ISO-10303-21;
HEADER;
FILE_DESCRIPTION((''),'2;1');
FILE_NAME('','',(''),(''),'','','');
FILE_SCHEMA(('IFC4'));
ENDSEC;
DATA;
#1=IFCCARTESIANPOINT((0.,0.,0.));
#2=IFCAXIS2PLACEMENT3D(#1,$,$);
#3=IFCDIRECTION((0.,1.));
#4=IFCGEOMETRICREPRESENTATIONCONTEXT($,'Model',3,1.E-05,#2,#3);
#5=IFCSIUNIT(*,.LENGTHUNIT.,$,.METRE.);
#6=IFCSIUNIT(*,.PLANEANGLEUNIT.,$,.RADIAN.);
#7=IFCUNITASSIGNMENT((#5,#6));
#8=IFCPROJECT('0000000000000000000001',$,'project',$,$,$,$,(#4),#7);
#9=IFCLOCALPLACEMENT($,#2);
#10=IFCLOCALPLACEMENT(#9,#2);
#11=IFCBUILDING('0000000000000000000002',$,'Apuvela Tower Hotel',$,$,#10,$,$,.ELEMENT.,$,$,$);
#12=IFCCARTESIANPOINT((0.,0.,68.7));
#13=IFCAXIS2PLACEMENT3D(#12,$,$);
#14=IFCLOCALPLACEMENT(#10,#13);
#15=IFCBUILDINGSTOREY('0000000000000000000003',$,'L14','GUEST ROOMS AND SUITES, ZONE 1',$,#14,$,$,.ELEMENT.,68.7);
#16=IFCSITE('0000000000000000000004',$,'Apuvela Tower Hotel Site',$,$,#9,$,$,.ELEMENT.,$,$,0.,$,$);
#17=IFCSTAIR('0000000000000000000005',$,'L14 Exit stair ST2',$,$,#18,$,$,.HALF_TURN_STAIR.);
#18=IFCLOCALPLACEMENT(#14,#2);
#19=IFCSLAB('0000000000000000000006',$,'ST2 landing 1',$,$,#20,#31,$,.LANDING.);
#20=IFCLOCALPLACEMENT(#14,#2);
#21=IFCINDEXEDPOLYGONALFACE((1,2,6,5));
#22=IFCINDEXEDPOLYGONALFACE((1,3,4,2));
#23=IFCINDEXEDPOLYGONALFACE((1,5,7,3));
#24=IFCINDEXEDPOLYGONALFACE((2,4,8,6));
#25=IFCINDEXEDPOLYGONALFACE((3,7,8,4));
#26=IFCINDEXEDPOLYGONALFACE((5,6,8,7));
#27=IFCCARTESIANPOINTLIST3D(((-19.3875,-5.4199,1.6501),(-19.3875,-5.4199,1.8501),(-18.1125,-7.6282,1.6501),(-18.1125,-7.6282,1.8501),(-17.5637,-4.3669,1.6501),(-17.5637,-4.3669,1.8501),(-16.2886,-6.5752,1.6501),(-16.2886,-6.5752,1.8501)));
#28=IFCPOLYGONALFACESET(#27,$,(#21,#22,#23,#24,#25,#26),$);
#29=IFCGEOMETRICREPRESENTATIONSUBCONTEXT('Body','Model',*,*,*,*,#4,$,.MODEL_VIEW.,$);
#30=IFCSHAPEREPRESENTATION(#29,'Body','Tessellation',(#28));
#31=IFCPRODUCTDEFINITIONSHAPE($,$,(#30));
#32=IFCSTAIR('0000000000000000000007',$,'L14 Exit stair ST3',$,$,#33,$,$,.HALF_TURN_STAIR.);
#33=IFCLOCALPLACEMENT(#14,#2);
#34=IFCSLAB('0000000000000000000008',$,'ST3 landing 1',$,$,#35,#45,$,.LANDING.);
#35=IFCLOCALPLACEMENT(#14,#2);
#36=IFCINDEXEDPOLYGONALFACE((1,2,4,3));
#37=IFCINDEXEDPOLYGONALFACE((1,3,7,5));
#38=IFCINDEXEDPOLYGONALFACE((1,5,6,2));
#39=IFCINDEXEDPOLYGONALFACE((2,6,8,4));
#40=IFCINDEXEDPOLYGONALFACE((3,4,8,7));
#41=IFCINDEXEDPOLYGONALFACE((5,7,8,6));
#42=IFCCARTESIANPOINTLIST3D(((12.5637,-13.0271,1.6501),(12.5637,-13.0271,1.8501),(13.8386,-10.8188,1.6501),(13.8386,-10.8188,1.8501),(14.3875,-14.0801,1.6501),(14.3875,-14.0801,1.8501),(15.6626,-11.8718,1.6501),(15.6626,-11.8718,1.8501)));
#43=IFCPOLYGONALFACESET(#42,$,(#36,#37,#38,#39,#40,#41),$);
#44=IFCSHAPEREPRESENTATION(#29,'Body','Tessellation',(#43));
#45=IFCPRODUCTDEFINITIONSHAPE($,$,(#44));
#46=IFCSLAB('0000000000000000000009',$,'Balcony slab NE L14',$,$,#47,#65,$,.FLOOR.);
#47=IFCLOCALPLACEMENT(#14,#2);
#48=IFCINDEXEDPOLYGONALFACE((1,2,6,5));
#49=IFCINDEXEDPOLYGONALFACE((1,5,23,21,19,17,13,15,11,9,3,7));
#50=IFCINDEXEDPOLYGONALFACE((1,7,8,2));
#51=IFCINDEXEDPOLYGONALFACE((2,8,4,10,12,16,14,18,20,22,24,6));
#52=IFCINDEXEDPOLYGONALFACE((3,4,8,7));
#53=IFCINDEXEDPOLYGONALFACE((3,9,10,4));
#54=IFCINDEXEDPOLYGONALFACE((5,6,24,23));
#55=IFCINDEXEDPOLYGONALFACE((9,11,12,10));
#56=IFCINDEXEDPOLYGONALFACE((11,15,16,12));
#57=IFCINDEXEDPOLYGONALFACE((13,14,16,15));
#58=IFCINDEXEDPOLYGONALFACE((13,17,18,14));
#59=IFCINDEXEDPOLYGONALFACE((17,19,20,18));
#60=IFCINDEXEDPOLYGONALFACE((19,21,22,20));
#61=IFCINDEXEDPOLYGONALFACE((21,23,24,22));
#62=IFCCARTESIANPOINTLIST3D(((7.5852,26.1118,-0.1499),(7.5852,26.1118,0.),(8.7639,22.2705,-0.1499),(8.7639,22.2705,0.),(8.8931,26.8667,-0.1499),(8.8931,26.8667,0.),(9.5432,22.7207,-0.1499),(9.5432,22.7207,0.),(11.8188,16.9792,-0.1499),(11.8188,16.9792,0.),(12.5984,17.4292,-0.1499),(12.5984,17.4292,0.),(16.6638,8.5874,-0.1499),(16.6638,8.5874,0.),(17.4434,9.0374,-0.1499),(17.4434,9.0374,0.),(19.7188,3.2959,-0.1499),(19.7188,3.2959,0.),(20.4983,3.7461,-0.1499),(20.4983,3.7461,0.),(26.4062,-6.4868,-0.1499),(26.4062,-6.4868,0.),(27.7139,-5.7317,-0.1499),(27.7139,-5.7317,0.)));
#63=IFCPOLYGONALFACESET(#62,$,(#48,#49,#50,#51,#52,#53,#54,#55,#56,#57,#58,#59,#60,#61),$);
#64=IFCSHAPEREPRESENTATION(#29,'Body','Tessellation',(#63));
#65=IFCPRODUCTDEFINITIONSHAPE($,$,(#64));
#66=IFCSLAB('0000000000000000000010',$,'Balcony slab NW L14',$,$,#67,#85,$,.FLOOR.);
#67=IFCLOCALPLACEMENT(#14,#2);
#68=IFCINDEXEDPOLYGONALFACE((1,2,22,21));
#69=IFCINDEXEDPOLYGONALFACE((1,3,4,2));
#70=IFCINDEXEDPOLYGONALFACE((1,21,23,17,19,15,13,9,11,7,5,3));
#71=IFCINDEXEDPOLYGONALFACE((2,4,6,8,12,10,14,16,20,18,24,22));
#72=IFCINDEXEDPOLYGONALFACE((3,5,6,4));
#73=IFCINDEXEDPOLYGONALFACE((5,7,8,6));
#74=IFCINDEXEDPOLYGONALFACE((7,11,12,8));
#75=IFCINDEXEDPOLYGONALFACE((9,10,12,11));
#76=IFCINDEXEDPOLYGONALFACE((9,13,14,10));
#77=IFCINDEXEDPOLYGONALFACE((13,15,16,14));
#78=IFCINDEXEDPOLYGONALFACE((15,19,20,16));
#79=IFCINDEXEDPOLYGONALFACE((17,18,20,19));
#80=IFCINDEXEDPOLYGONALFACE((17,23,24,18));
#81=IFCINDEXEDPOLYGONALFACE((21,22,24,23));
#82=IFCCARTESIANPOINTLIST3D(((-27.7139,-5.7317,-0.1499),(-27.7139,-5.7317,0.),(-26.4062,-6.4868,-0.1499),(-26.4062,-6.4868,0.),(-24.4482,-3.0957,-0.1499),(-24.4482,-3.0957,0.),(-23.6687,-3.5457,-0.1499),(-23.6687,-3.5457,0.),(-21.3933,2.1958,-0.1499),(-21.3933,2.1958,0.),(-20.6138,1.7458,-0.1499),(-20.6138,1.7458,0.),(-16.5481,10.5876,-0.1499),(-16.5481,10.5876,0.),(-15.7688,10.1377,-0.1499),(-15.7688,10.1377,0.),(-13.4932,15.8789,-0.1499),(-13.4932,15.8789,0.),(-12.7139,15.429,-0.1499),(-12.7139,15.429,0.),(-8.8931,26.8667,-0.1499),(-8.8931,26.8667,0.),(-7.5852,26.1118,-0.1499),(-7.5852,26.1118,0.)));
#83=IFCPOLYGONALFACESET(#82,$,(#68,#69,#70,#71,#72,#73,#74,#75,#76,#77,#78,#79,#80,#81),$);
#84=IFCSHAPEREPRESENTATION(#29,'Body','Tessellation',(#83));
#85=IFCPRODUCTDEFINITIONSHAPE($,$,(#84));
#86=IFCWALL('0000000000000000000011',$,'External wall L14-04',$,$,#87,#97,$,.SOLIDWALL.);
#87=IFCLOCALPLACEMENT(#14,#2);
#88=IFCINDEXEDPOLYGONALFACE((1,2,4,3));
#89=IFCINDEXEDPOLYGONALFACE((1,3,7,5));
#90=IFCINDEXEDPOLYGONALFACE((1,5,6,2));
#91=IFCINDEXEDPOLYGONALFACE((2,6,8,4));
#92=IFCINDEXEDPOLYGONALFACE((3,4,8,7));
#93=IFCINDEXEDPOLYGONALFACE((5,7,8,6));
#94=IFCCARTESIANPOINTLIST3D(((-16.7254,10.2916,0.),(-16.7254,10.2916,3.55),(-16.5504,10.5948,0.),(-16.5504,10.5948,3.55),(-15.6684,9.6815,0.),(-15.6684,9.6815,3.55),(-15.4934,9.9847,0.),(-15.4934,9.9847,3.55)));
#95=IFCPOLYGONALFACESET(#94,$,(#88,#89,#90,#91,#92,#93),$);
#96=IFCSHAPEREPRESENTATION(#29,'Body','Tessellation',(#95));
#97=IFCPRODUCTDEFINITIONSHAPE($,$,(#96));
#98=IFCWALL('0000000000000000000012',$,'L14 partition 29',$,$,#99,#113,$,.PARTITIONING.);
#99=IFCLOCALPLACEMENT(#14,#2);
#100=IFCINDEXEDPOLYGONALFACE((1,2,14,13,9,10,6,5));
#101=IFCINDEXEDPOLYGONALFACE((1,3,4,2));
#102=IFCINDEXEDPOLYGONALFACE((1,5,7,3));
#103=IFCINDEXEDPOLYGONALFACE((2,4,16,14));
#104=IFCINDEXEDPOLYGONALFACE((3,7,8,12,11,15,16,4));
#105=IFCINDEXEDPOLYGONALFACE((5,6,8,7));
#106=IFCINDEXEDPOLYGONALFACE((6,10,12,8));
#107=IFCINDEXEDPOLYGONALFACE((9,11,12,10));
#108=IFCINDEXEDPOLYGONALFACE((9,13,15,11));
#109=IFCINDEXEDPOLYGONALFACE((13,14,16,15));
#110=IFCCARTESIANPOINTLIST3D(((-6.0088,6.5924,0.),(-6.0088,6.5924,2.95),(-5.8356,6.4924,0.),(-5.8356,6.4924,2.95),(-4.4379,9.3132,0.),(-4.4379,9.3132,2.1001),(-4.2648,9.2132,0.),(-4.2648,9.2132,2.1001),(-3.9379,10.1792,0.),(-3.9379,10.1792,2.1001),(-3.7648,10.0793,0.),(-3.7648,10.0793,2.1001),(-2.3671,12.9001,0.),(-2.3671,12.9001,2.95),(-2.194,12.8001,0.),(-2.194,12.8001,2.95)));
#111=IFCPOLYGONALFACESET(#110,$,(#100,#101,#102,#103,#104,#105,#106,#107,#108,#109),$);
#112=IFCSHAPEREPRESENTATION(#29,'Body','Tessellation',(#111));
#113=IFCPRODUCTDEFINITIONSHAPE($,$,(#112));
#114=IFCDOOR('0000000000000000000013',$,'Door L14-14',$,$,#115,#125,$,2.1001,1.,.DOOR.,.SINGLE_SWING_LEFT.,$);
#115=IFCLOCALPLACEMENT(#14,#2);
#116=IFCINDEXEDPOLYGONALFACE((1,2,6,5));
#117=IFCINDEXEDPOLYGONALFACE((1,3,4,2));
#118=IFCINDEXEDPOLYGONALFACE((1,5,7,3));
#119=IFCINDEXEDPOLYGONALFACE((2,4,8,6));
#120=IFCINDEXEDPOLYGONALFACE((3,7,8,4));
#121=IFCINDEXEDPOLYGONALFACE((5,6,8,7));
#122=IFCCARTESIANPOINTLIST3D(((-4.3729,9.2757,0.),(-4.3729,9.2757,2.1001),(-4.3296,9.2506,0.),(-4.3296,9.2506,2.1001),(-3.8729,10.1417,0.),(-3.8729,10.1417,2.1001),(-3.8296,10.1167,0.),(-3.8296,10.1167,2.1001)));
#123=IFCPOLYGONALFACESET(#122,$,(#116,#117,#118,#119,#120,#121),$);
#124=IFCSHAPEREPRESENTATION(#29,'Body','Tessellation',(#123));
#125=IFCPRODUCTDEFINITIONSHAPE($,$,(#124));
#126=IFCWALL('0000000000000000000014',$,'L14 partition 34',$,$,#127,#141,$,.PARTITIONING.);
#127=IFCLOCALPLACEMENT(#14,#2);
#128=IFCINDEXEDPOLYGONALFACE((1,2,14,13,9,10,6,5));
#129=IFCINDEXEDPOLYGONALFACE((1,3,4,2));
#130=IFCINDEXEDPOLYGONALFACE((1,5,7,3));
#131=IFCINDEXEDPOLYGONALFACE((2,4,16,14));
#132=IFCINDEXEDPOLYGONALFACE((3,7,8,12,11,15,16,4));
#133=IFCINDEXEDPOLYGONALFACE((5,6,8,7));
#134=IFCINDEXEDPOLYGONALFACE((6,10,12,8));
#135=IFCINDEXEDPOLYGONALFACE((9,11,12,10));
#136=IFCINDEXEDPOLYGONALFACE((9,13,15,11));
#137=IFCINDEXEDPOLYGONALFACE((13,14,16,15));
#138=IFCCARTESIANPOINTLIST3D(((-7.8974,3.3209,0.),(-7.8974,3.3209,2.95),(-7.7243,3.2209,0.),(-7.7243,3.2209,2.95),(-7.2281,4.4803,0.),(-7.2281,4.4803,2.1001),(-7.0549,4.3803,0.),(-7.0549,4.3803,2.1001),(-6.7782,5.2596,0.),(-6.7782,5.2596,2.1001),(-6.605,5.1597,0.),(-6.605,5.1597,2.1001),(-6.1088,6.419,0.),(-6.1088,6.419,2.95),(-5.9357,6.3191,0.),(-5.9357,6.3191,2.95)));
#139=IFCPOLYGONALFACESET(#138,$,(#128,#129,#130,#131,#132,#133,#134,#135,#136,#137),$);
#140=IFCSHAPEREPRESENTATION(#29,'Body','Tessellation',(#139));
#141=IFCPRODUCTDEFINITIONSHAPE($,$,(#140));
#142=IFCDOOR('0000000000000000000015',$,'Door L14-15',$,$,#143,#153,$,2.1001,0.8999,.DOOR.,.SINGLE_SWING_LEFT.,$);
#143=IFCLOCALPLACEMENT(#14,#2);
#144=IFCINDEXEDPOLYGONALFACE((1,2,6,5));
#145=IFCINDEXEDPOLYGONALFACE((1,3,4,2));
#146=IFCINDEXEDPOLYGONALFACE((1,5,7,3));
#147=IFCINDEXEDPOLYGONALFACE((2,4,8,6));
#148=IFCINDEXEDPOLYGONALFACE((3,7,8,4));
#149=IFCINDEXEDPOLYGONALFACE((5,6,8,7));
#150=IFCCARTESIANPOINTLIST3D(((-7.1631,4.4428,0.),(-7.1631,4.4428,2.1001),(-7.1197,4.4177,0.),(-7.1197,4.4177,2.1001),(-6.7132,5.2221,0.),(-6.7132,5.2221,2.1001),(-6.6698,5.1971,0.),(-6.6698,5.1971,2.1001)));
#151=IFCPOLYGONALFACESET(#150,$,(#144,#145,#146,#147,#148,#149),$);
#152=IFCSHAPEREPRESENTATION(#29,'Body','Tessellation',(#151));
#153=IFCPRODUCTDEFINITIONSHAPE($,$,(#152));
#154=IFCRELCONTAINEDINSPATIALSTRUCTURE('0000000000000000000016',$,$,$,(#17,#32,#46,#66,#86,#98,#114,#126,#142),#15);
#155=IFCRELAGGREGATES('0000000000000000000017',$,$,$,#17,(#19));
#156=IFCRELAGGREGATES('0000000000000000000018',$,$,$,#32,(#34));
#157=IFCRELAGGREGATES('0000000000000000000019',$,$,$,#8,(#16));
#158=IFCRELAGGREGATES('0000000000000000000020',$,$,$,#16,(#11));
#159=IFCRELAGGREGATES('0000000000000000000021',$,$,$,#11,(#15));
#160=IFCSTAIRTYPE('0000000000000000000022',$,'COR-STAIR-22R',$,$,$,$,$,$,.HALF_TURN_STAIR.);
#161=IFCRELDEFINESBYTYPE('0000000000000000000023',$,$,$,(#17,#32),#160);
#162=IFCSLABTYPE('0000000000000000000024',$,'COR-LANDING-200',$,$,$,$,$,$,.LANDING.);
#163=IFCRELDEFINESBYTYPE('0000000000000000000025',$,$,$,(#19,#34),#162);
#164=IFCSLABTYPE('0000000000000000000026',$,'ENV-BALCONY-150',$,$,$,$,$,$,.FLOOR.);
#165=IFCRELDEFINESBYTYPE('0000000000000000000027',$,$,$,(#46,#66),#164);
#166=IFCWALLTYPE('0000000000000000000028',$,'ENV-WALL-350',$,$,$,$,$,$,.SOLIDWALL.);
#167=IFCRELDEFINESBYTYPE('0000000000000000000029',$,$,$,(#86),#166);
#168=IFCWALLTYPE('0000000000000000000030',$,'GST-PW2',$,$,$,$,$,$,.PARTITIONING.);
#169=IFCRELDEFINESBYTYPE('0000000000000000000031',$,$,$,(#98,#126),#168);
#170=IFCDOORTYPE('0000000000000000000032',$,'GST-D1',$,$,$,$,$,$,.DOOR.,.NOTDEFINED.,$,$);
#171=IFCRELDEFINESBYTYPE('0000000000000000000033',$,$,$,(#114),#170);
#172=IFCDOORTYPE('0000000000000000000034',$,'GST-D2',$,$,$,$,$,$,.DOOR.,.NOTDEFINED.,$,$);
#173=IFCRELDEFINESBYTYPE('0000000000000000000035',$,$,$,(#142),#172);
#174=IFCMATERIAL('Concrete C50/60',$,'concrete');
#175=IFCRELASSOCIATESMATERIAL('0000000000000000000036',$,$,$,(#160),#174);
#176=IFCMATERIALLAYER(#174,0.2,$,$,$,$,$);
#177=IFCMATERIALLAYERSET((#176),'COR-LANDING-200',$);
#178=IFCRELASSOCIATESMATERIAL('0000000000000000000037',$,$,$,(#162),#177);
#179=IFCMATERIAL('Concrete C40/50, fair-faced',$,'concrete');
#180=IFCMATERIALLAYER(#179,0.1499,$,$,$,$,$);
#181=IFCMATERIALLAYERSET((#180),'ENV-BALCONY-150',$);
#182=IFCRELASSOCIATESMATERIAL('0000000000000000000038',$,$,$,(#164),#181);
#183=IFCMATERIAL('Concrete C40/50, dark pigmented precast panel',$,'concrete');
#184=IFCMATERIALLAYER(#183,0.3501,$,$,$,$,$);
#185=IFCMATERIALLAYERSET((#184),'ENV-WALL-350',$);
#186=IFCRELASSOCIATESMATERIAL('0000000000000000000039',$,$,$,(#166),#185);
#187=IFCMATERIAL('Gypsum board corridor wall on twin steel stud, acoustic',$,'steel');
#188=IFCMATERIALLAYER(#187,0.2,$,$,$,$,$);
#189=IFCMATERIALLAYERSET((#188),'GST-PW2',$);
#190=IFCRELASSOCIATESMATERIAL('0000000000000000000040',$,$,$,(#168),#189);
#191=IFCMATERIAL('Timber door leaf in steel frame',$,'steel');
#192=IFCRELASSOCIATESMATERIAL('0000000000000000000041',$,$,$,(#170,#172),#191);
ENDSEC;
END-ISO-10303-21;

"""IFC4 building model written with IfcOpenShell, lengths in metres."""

from ifc_helpers import new_model, si_unit, direction, frame, frame_2d, origin, place, context, subcontext, project, spatial, polyline, rectangle, outline, extrude, material, layer, layer_set, type_object, element, fill, aggregate, save


model = new_model("IFC4")

# Units and contexts
model_context = context("Model", 3, precision=1e-05, world=origin(), true_north=direction((0.0, 1.0)))
body_context = subcontext(model_context, "Body", "Model", "MODEL_VIEW")
ifc_project = project(units=[si_unit("LENGTHUNIT", "METRE"), si_unit("PLANEANGLEUNIT", "RADIAN")], contexts=[model_context])

# Site, building, storey
site_placement = place(None, origin())
site = spatial("IfcSite", under=ifc_project, at=site_placement, Name="Apuvela Tower Hotel Site", CompositionType="ELEMENT", RefElevation=0.0)
building_placement = place(site_placement, origin())
building = spatial("IfcBuilding", under=site, at=building_placement, Name="Apuvela Tower Hotel", CompositionType="ELEMENT")
storey_placement = place(building_placement, frame((0.0, 0.0, 68.7)))
storey = spatial("IfcBuildingStorey", under=building, at=storey_placement, Name="L14", Description="GUEST ROOMS AND SUITES, ZONE 1", CompositionType="ELEMENT", Elevation=68.7)

# Shared definitions
ifc_material_1 = material(Name="Concrete C50/60", Category="concrete")

# Stairs, slabs
stair_type = type_object("IfcStairType", Name="COR-STAIR-22R", PredefinedType="HALF_TURN_STAIR", material=ifc_material_1)
ifc_layer_1 = layer(ifc_material_1, 0.2)
ifc_layer_set_1 = layer_set([ifc_layer_1], Name="COR-LANDING-200")
slab_type_1 = type_object("IfcSlabType", Name="COR-LANDING-200", PredefinedType="LANDING", material=ifc_layer_set_1)
stair_1_placement = place(storey_placement, origin())
stair_1 = element("IfcStair", 1, at=stair_1_placement, inside=storey, type_object=stair_type, Name="L14 Exit stair ST2", PredefinedType="HALF_TURN_STAIR")
slab_1_placement = place(storey_placement, frame((0.0, 0.0, 1.6501)))
slab_1 = element("IfcSlab", 2, at=slab_1_placement, type_object=slab_type_1, Name="ST2 landing 1", PredefinedType="LANDING", context=body_context, shape_type="SweptSolid", body=[
    extrude(outline(polyline([(-17.5637, -4.3669), (-19.3875, -5.4199), (-18.1125, -7.6282), (-16.2886, -6.5752), (-17.5637, -4.3669)])), origin(), (0.0, 0.0, 1.0), 0.2),
])
aggregate(stair_1, [slab_1])
stair_2_placement = place(storey_placement, origin())
stair_2 = element("IfcStair", 3, at=stair_2_placement, inside=storey, type_object=stair_type, Name="L14 Exit stair ST3", PredefinedType="HALF_TURN_STAIR")
slab_2_placement = place(storey_placement, frame((0.0, 0.0, 1.6501)))
slab_2 = element("IfcSlab", 4, at=slab_2_placement, type_object=slab_type_1, Name="ST3 landing 1", PredefinedType="LANDING", context=body_context, shape_type="SweptSolid", body=[
    extrude(outline(polyline([(12.5637, -13.0271), (14.3875, -14.0801), (15.6626, -11.8718), (13.8386, -10.8188), (12.5637, -13.0271)])), origin(), (0.0, 0.0, 1.0), 0.2),
])
aggregate(stair_2, [slab_2])

# Slabs
ifc_material_2 = material(Name="Concrete C40/50, fair-faced", Category="concrete")
ifc_layer_2 = layer(ifc_material_2, 0.1499)
ifc_layer_set_2 = layer_set([ifc_layer_2], Name="ENV-BALCONY-150")
slab_type_2 = type_object("IfcSlabType", Name="ENV-BALCONY-150", PredefinedType="FLOOR", material=ifc_layer_set_2)
slab_3_placement = place(storey_placement, frame((0.0, 0.0, -0.1499)))
element("IfcSlab", 5, at=slab_3_placement, inside=storey, type_object=slab_type_2, Name="Balcony slab NE L14", PredefinedType="FLOOR", context=body_context, shape_type="SweptSolid", body=[
    extrude(outline(polyline([(17.4434, 9.0374), (12.5984, 17.4292), (11.8188, 16.9792), (8.7639, 22.2705), (9.5432, 22.7207), (7.5852, 26.1118), (8.8931, 26.8667), (27.7139, -5.7317), (26.4062, -6.4868), (20.4983, 3.7461), (19.7188, 3.2959), (16.6638, 8.5874), (17.4434, 9.0374)])), origin(), (0.0, 0.0, 1.0), 0.1499),
])
slab_4_placement = place(storey_placement, frame((0.0, 0.0, -0.1499)))
element("IfcSlab", 6, at=slab_4_placement, inside=storey, type_object=slab_type_2, Name="Balcony slab NW L14", PredefinedType="FLOOR", context=body_context, shape_type="SweptSolid", body=[
    extrude(outline(polyline([(-27.7139, -5.7317), (-8.8931, 26.8667), (-7.5852, 26.1118), (-13.4932, 15.8789), (-12.7139, 15.429), (-15.7688, 10.1377), (-16.5481, 10.5876), (-21.3933, 2.1958), (-20.6138, 1.7458), (-23.6687, -3.5457), (-24.4482, -3.0957), (-26.4062, -6.4868), (-27.7139, -5.7317)])), origin(), (0.0, 0.0, 1.0), 0.1499),
])

# Wall
ifc_material_3 = material(Name="Concrete C40/50, dark pigmented precast panel", Category="concrete")
ifc_layer_3 = layer(ifc_material_3, 0.3501)
ifc_layer_set_3 = layer_set([ifc_layer_3], Name="ENV-WALL-350")
wall_type_1 = type_object("IfcWallType", Name="ENV-WALL-350", PredefinedType="SOLIDWALL", material=ifc_layer_set_3)
wall_1_placement = place(storey_placement, frame((-15.5808, 9.833, 0.0), z_axis=(0.0, 0.0, 1.0), x_axis=(-0.866056, 0.499948, 0.0)))
element("IfcWall", 7, at=wall_1_placement, inside=storey, type_object=wall_type_1, Name="External wall L14-04", PredefinedType="SOLIDWALL", context=body_context, shape_type="SweptSolid", body=[
    extrude(rectangle(XDim=1.2205, YDim=0.3501, at=frame_2d((0.6104, 0.0))), origin(), (0.0, 0.0, 1.0), 3.55),
])

# Walls, openings, doors
ifc_material_4 = material(Name="Gypsum board corridor wall on twin steel stud, acoustic", Category="steel")
ifc_layer_4 = layer(ifc_material_4, 0.2)
ifc_layer_set_4 = layer_set([ifc_layer_4], Name="GST-PW2")
wall_type_2 = type_object("IfcWallType", Name="GST-PW2", PredefinedType="PARTITIONING", material=ifc_layer_set_4)
wall_2_placement = place(storey_placement, frame((-5.9221, 6.5425, 0.0), z_axis=(0.0, 0.0, 1.0), x_axis=(0.499989, 0.866032, 0.0)))
wall_2 = element("IfcWall", 8, at=wall_2_placement, inside=storey, type_object=wall_type_2, Name="L14 partition 29", PredefinedType="PARTITIONING", context=body_context, shape_type="SweptSolid", body=[
    extrude(rectangle(XDim=7.2834, YDim=0.2, at=frame_2d((3.6416, 0.0))), origin(), (0.0, 0.0, 1.0), 2.95),
])
opening_1_placement = place(wall_2_placement, frame((3.1416, 0.0, 0.0)))
opening_1 = element("IfcOpeningElement", 9, at=opening_1_placement, cuts=wall_2, PredefinedType="OPENING", context=body_context, shape_type="SweptSolid", body=[
    extrude(rectangle(XDim=1.0, YDim=2.1001, at=frame_2d((0.5, 1.05))), frame((0.0, 0.1099, 0.0), z_axis=(0.0, -1.0, 0.0), x_axis=(1.0, 0.0, 0.0)), (0.0, 0.0, 1.0), 0.22),
])
ifc_material_5 = material(Name="Timber door leaf in steel frame", Category="steel")
door_type_1 = type_object("IfcDoorType", Name="GST-D1", OperationType="NOTDEFINED", PredefinedType="DOOR", material=ifc_material_5)
door_1_placement = place(opening_1_placement, origin())
door_1 = element("IfcDoor", 10, at=door_1_placement, inside=storey, type_object=door_type_1, Name="Door L14-14", OperationType="SINGLE_SWING_LEFT", OverallHeight=2.1001, OverallWidth=1.0, PredefinedType="DOOR", context=body_context, shape_type="SweptSolid", body=[
    extrude(rectangle(XDim=1.0, YDim=2.1001, at=frame_2d((0.5, 1.05))), frame((0.0, 0.0249, 0.0), z_axis=(0.0, -1.0, 0.0), x_axis=(1.0, 0.0, 0.0)), (0.0, 0.0, 1.0), 0.05),
])
fill(opening_1, door_1)
wall_3_placement = place(storey_placement, frame((-7.8108, 3.271, 0.0), z_axis=(0.0, 0.0, 1.0), x_axis=(0.499971, 0.866042, 0.0)))
wall_3 = element("IfcWall", 11, at=wall_3_placement, inside=storey, type_object=wall_type_2, Name="L14 partition 34", PredefinedType="PARTITIONING", context=body_context, shape_type="SweptSolid", body=[
    extrude(rectangle(XDim=3.5774, YDim=0.2, at=frame_2d((1.7886, 0.0))), origin(), (0.0, 0.0, 1.0), 2.95),
])
opening_2_placement = place(wall_3_placement, frame((1.3386, 0.0, 0.0)))
opening_2 = element("IfcOpeningElement", 12, at=opening_2_placement, cuts=wall_3, PredefinedType="OPENING", context=body_context, shape_type="SweptSolid", body=[
    extrude(rectangle(XDim=0.8999, YDim=2.1001, at=frame_2d((0.45, 1.05))), frame((0.0, 0.1099, 0.0), z_axis=(0.0, -1.0, 0.0), x_axis=(1.0, 0.0, 0.0)), (0.0, 0.0, 1.0), 0.22),
])
door_type_2 = type_object("IfcDoorType", Name="GST-D2", OperationType="NOTDEFINED", PredefinedType="DOOR", material=ifc_material_5)
door_2_placement = place(opening_2_placement, origin())
door_2 = element("IfcDoor", 13, at=door_2_placement, inside=storey, type_object=door_type_2, Name="Door L14-15", OperationType="SINGLE_SWING_LEFT", OverallHeight=2.1001, OverallWidth=0.8999, PredefinedType="DOOR", context=body_context, shape_type="SweptSolid", body=[
    extrude(rectangle(XDim=0.8999, YDim=2.1001, at=frame_2d((0.45, 1.05))), frame((0.0, 0.0249, 0.0), z_axis=(0.0, -1.0, 0.0), x_axis=(1.0, 0.0, 0.0)), (0.0, 0.0, 1.0), 0.05),
])
fill(opening_2, door_2)

save(model, "model.ifc")
